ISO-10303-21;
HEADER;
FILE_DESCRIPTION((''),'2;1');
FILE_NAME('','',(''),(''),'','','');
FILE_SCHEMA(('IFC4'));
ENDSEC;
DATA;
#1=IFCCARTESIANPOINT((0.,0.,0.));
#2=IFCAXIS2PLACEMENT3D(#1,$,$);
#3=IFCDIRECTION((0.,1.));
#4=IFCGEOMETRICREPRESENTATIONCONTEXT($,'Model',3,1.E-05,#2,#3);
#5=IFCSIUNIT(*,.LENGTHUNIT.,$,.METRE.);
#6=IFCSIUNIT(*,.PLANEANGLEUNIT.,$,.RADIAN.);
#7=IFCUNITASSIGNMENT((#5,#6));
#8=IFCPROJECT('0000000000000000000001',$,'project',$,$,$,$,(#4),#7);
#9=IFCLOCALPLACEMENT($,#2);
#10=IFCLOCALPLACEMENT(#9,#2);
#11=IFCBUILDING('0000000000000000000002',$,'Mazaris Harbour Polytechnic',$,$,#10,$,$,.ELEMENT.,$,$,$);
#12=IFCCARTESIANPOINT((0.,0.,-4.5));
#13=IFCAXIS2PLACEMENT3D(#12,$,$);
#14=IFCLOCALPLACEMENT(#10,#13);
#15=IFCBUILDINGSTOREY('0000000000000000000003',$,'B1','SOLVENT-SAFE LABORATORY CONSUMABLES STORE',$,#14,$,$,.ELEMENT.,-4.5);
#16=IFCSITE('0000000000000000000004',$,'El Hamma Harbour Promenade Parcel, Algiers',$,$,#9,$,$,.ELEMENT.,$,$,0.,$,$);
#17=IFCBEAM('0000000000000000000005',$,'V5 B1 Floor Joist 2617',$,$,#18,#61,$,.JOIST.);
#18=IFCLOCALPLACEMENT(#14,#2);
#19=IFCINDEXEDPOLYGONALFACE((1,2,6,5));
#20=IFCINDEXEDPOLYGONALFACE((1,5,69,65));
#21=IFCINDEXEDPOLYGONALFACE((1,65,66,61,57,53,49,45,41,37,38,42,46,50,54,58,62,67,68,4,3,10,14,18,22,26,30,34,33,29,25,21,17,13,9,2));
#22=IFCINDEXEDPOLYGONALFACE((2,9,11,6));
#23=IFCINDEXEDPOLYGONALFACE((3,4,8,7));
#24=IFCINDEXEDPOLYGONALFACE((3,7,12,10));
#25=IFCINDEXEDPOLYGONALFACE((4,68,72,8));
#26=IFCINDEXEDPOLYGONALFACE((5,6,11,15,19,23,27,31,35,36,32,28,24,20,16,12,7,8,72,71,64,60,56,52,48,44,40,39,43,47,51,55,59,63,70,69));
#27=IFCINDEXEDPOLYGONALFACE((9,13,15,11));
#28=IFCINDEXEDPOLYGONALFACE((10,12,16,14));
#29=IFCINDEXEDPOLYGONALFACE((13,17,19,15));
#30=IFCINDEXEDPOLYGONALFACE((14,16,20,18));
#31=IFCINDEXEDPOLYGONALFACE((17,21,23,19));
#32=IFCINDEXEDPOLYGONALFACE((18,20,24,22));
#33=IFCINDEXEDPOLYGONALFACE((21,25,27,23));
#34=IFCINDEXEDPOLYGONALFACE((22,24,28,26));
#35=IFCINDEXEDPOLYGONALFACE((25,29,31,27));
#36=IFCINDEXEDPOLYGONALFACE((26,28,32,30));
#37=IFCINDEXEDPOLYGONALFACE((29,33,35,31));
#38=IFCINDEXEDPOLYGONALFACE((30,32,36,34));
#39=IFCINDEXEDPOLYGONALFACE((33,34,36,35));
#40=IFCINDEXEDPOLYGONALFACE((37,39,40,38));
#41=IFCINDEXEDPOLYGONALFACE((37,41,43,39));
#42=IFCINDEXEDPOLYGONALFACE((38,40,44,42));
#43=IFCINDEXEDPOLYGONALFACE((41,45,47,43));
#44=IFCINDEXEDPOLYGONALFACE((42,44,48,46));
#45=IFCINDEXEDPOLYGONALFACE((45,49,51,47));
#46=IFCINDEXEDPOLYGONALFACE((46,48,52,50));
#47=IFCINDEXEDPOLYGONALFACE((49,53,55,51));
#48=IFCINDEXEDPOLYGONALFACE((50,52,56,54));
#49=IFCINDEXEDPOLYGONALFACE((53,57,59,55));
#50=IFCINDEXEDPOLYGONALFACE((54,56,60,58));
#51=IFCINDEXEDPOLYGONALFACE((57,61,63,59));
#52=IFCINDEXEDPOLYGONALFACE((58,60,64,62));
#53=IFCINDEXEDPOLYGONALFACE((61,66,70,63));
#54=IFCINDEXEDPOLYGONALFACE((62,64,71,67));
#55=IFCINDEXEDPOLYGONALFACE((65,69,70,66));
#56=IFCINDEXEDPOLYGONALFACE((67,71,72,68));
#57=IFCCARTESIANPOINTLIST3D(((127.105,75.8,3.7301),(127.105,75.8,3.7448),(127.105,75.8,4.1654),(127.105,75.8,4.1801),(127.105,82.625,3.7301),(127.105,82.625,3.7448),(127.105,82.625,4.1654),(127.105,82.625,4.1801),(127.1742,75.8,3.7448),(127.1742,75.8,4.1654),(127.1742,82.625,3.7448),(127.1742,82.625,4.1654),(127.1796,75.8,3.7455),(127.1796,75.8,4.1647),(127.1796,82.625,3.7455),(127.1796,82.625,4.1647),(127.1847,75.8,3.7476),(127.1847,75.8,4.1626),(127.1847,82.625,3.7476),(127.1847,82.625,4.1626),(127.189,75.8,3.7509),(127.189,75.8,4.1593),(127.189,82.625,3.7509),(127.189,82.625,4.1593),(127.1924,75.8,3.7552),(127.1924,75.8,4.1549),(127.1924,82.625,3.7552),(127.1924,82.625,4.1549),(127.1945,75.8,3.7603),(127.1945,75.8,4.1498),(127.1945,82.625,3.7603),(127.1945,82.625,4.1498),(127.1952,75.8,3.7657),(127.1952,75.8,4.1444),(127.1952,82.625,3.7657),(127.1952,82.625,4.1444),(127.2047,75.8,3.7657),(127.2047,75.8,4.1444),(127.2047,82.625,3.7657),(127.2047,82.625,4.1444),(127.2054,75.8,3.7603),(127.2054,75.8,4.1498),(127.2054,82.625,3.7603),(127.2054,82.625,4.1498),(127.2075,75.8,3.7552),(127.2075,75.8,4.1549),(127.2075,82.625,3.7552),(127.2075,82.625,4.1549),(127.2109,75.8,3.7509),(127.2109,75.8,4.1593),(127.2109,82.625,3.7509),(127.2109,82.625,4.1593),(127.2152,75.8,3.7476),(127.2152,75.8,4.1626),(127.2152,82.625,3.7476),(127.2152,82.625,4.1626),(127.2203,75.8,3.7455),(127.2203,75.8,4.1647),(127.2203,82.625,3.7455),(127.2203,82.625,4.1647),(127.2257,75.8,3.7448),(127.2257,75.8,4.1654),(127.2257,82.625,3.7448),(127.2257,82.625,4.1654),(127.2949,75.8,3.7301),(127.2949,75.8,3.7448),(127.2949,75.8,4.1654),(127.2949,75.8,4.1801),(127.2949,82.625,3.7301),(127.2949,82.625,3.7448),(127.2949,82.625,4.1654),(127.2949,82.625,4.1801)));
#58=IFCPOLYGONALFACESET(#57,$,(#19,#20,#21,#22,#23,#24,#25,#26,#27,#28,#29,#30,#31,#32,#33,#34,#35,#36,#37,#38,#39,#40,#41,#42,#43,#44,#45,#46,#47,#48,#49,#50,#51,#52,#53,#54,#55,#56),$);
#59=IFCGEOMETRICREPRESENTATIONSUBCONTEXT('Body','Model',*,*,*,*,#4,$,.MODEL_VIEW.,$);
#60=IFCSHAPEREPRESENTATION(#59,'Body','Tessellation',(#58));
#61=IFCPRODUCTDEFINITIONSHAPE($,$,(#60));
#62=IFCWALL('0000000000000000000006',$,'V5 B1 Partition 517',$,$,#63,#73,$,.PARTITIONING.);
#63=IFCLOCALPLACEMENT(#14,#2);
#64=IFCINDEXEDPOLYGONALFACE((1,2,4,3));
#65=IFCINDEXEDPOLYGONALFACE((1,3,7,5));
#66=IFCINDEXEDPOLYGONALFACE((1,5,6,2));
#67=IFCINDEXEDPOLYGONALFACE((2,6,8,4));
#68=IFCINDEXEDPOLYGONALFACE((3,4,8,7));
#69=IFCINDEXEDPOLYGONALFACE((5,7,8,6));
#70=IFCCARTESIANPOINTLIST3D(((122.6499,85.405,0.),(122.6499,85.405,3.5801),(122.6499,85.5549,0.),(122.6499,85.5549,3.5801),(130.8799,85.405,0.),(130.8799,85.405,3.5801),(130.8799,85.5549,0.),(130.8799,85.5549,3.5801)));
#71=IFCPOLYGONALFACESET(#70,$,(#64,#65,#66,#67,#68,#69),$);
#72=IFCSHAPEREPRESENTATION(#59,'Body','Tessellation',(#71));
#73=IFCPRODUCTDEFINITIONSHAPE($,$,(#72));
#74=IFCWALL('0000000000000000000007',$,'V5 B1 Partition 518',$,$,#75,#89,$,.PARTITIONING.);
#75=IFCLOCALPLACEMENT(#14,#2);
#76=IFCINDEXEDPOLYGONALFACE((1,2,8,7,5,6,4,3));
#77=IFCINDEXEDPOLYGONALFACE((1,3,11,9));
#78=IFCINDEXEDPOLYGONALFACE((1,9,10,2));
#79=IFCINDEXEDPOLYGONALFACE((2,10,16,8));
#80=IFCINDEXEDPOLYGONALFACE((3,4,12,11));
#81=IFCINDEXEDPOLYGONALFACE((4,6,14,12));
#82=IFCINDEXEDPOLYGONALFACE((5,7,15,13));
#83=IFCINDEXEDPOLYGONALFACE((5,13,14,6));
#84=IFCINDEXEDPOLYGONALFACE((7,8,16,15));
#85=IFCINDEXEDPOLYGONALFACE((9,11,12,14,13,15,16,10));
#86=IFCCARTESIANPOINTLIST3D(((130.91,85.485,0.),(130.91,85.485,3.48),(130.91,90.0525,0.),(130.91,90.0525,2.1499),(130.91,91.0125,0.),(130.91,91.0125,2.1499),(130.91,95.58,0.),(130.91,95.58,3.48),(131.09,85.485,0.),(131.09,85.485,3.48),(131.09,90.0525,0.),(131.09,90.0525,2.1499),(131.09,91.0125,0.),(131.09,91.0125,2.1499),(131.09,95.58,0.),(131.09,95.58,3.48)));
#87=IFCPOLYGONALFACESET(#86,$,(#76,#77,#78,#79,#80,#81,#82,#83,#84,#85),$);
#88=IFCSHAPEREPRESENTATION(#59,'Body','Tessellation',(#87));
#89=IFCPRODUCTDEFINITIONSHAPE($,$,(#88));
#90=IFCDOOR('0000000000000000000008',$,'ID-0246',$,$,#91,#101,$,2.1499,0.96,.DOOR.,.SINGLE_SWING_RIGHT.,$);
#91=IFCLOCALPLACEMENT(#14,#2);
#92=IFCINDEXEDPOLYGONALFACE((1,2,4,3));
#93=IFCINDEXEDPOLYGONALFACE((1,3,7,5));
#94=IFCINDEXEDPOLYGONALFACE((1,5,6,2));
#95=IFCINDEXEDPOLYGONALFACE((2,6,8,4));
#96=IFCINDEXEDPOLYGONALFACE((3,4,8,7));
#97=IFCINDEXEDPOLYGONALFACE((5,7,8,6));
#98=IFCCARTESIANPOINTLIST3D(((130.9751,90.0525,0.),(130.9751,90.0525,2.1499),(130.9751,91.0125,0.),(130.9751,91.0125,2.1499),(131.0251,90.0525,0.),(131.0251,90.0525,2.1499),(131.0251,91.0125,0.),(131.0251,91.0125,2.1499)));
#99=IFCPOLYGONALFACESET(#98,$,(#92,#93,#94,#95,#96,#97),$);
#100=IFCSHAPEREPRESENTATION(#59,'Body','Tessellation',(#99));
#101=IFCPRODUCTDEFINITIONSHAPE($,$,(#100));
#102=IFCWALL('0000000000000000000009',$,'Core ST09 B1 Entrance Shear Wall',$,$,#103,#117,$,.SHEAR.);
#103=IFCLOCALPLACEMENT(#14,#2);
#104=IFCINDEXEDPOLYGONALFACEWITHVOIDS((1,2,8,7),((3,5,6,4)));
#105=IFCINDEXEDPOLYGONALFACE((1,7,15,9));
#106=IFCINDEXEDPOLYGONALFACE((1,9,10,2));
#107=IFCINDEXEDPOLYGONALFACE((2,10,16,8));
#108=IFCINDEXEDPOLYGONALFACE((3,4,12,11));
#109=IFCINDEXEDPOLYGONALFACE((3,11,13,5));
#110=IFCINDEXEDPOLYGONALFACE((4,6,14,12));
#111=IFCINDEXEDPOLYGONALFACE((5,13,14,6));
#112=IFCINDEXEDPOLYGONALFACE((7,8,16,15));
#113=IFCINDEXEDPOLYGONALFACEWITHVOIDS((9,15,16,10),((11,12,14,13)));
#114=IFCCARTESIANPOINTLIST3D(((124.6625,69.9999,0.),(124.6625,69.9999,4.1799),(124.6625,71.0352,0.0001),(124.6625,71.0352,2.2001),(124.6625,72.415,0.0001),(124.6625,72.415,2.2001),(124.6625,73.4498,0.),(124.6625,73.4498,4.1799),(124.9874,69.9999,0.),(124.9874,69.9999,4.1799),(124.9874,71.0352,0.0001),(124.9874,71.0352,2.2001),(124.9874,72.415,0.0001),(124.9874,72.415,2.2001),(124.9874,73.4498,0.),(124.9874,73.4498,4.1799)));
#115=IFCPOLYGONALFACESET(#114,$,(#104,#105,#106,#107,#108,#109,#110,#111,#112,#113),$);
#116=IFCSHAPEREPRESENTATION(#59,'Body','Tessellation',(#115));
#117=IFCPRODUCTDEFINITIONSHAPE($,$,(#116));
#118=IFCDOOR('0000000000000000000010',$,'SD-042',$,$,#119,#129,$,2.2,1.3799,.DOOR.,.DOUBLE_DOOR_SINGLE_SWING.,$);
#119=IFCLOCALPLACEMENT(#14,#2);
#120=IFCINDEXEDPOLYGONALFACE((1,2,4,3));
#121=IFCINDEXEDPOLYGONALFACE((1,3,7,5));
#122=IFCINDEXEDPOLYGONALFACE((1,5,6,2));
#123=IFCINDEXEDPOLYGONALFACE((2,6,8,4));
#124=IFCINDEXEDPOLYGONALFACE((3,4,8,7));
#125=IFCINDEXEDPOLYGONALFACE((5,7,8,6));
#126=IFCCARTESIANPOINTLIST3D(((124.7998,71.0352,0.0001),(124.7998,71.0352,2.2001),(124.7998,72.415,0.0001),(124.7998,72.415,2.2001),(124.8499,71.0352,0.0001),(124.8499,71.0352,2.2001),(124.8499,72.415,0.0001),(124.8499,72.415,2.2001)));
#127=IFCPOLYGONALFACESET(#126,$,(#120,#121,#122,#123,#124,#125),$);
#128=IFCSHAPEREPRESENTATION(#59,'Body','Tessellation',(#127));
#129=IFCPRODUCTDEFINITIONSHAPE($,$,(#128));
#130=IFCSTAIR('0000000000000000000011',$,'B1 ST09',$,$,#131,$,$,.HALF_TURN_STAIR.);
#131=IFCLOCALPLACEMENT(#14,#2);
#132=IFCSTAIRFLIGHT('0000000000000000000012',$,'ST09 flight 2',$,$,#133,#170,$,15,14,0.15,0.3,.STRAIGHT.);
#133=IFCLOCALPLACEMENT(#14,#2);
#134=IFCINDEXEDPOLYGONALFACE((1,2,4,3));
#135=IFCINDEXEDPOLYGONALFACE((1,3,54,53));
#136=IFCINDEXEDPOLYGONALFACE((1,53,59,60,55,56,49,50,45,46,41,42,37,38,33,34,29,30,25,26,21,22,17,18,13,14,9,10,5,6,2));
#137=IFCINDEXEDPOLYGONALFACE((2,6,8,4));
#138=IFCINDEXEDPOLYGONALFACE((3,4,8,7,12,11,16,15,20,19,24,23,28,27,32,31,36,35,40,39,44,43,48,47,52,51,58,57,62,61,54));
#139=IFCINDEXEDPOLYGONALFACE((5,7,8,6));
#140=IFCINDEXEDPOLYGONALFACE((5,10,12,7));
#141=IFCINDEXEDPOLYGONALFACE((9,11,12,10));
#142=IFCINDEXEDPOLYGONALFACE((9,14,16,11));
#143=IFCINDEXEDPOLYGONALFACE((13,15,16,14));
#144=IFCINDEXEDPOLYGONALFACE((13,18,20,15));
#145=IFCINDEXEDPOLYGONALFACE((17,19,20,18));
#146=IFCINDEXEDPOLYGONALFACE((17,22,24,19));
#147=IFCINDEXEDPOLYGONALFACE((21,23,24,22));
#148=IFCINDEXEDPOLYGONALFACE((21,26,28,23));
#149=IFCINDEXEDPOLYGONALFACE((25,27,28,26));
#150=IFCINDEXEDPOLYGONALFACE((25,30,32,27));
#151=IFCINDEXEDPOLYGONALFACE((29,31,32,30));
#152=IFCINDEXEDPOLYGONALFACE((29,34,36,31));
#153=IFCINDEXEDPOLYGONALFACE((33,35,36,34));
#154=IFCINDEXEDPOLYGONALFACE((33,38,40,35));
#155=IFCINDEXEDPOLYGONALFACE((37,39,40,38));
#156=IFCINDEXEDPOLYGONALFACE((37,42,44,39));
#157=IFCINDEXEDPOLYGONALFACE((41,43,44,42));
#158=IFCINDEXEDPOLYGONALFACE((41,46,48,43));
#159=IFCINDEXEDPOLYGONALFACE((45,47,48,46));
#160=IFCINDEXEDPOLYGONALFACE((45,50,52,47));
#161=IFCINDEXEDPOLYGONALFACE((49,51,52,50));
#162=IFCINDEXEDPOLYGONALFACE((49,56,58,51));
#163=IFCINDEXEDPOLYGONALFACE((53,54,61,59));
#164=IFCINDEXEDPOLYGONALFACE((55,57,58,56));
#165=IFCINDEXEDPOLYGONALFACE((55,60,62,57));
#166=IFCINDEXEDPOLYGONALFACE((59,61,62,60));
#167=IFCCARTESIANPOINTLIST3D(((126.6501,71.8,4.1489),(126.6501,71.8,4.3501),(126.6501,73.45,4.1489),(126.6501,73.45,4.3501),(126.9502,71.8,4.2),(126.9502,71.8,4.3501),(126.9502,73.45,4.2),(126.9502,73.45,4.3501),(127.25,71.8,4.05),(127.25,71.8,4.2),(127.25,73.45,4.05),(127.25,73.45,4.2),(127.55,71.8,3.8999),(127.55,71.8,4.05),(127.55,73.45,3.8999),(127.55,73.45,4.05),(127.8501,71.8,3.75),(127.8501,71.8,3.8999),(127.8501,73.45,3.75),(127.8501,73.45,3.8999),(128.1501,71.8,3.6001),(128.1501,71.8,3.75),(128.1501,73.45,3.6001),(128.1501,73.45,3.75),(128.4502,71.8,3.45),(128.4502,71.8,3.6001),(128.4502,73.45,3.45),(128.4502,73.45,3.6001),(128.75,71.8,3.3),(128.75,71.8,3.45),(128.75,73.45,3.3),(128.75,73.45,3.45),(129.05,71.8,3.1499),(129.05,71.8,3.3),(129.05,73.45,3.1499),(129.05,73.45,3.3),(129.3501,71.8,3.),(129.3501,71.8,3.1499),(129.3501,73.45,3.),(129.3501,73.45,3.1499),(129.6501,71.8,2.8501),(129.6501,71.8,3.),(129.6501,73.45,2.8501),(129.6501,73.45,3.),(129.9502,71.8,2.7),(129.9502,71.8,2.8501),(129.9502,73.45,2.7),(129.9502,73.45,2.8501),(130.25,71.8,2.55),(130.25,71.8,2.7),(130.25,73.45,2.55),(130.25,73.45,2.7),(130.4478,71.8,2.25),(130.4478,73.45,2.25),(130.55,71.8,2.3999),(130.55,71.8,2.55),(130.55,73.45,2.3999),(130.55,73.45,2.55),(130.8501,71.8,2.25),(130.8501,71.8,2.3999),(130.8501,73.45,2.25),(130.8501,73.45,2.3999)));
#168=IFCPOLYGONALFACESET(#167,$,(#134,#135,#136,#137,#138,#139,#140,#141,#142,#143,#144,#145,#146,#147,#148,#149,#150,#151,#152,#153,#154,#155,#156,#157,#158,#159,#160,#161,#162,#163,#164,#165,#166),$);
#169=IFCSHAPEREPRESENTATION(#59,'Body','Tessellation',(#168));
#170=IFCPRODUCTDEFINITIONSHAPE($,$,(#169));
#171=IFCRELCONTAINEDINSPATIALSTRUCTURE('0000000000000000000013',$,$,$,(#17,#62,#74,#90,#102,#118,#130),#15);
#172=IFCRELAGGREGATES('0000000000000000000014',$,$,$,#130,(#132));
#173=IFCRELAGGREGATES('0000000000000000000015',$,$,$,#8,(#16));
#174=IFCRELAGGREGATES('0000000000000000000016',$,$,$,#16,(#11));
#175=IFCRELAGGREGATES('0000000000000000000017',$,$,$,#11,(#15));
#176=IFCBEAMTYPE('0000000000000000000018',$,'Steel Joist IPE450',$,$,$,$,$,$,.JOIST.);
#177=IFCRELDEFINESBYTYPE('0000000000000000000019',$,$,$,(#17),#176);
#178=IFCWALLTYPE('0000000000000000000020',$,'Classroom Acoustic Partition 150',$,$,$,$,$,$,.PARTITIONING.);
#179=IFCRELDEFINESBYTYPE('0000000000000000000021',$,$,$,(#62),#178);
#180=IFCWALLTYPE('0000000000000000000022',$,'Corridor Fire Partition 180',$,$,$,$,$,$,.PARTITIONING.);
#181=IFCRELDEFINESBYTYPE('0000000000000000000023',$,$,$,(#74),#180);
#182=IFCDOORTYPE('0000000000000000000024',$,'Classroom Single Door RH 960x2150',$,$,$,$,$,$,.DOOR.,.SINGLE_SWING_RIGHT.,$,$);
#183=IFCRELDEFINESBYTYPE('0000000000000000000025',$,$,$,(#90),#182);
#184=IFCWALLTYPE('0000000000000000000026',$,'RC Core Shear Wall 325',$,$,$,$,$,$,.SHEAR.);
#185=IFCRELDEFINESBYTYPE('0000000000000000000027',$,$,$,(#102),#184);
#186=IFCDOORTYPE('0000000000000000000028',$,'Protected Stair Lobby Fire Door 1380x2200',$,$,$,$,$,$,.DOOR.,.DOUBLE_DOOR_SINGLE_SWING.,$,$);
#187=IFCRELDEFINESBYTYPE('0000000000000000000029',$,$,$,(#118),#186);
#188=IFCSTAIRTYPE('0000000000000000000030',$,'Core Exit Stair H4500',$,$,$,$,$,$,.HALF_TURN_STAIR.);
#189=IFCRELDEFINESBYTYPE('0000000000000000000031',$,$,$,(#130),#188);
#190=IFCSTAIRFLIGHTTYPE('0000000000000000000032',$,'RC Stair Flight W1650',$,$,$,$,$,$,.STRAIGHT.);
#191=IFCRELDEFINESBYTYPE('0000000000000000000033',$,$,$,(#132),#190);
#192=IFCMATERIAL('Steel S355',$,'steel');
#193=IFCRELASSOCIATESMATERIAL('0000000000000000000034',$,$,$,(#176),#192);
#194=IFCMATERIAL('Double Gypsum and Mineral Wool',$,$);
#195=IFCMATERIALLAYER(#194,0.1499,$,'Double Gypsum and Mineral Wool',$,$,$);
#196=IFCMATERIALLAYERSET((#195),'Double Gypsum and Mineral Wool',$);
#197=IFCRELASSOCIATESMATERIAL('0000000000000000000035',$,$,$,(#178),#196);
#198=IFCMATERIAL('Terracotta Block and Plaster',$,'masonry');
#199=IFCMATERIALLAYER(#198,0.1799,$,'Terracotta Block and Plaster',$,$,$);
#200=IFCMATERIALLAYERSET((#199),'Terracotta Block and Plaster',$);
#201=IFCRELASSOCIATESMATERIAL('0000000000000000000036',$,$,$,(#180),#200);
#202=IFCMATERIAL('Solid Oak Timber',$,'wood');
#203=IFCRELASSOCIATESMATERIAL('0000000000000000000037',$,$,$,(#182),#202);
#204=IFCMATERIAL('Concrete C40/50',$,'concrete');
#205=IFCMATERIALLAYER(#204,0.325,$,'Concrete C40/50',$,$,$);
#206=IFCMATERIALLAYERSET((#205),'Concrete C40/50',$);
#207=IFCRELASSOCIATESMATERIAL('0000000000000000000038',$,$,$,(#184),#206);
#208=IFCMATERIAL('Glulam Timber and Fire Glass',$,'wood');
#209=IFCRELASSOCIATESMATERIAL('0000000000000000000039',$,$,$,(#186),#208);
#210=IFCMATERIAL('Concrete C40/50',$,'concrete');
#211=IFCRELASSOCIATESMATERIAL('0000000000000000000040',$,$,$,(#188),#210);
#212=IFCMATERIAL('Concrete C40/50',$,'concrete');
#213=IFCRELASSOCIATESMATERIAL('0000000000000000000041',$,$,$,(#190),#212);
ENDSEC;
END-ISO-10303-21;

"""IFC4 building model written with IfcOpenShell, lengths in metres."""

from ifc_helpers import new_model, si_unit, direction, frame, frame_2d, origin, origin_2d, place, context, subcontext, project, spatial, polyline, rectangle, i_section, outline, extrude, material, layer, layer_set, material_profile, profile_set, type_object, element, fill, aggregate, save


model = new_model("IFC4")

# Units and contexts
model_context = context("Model", 3, precision=1e-05, world=origin(), true_north=direction((0.0, 1.0)))
body_context = subcontext(model_context, "Body", "Model", "MODEL_VIEW")
ifc_project = project(units=[si_unit("LENGTHUNIT", "METRE"), si_unit("PLANEANGLEUNIT", "RADIAN")], contexts=[model_context])

# Site, building, storey
site_placement = place(None, origin())
site = spatial("IfcSite", under=ifc_project, at=site_placement, Name="El Hamma Harbour Promenade Parcel, Algiers", CompositionType="ELEMENT", RefElevation=0.0)
building_placement = place(site_placement, origin())
building = spatial("IfcBuilding", under=site, at=building_placement, Name="Mazaris Harbour Polytechnic", CompositionType="ELEMENT")
storey_placement = place(building_placement, frame((0.0, 0.0, -4.5)))
storey = spatial("IfcBuildingStorey", under=building, at=storey_placement, Name="B1", Description="SOLVENT-SAFE LABORATORY CONSUMABLES STORE", CompositionType="ELEMENT", Elevation=-4.5)

# Beam
ifc_material_1 = material(Name="Steel S355", Category="steel")
ifc_material_profile_1 = material_profile(ifc_material_1, i_section(OverallWidth=0.1899, OverallDepth=0.45, WebThickness=0.0095, FlangeThickness=0.0146, FilletRadius=0.021, at=origin_2d()), Name="IPE 450")
ifc_profile_set_1 = profile_set([ifc_material_profile_1], Name="Steel S355")
beam_type_1 = type_object("IfcBeamType", Name="Steel Joist IPE450", PredefinedType="JOIST", material=ifc_profile_set_1)
beam_1_placement = place(storey_placement, frame((127.2, 75.8, 3.9551), z_axis=(0.0, 1.0, 0.0), x_axis=(-1.0, 0.0, 0.0)))
element("IfcBeam", 1, at=beam_1_placement, inside=storey, type_object=beam_type_1, Name="V5 B1 Floor Joist 2617", PredefinedType="JOIST", context=body_context, shape_type="SweptSolid", body=[
    extrude(i_section(OverallWidth=0.1899, OverallDepth=0.45, WebThickness=0.0095, FlangeThickness=0.0146, FilletRadius=0.021, at=origin_2d()), origin(), (0.0, 0.0, 1.0), 6.825),
])

# Wall
ifc_material_2 = material(Name="Double Gypsum and Mineral Wool")
ifc_layer_1 = layer(ifc_material_2, 0.1499, Name="Double Gypsum and Mineral Wool")
ifc_layer_set_1 = layer_set([ifc_layer_1], Name="Double Gypsum and Mineral Wool")
wall_type_1 = type_object("IfcWallType", Name="Classroom Acoustic Partition 150", PredefinedType="PARTITIONING", material=ifc_layer_set_1)
wall_1_placement = place(storey_placement, frame((122.6499, 85.48, 0.0), z_axis=(0.0, 0.0, 1.0), x_axis=(1.0, 0.0, 0.0)))
element("IfcWall", 2, at=wall_1_placement, inside=storey, type_object=wall_type_1, Name="V5 B1 Partition 517", PredefinedType="PARTITIONING", context=body_context, shape_type="SweptSolid", body=[
    extrude(rectangle(XDim=8.23, YDim=0.1499, at=frame_2d((4.115, 0.0))), origin(), (0.0, 0.0, 1.0), 3.5801),
])

# Walls, openings, doors
ifc_material_3 = material(Name="Terracotta Block and Plaster", Category="masonry")
ifc_layer_2 = layer(ifc_material_3, 0.1799, Name="Terracotta Block and Plaster")
ifc_layer_set_2 = layer_set([ifc_layer_2], Name="Terracotta Block and Plaster")
wall_type_2 = type_object("IfcWallType", Name="Corridor Fire Partition 180", PredefinedType="PARTITIONING", material=ifc_layer_set_2)
wall_2_placement = place(storey_placement, frame((131.0, 85.4851, 0.0), z_axis=(0.0, 0.0, 1.0), x_axis=(0.0, 1.0, 0.0)))
wall_2 = element("IfcWall", 3, at=wall_2_placement, inside=storey, type_object=wall_type_2, Name="V5 B1 Partition 518", PredefinedType="PARTITIONING", context=body_context, shape_type="SweptSolid", body=[
    extrude(rectangle(XDim=10.095, YDim=0.1799, at=frame_2d((5.0474, 0.0))), origin(), (0.0, 0.0, 1.0), 3.48),
])
opening_1_placement = place(wall_2_placement, frame((4.5674, 0.0, 0.0)))
opening_1 = element("IfcOpeningElement", 4, at=opening_1_placement, cuts=wall_2, PredefinedType="OPENING", context=body_context, shape_type="SweptSolid", body=[
    extrude(rectangle(XDim=0.96, YDim=2.1499, at=frame_2d((0.48, 1.075))), frame((0.0, 0.0999, 0.0), z_axis=(0.0, -1.0, 0.0), x_axis=(1.0, 0.0, 0.0)), (0.0, 0.0, 1.0), 0.2),
])
ifc_material_4 = material(Name="Solid Oak Timber", Category="wood")
door_type_1 = type_object("IfcDoorType", Name="Classroom Single Door RH 960x2150", OperationType="SINGLE_SWING_RIGHT", PredefinedType="DOOR", material=ifc_material_4)
door_1_placement = place(opening_1_placement, origin())
door_1 = element("IfcDoor", 5, at=door_1_placement, inside=storey, type_object=door_type_1, Name="ID-0246", OperationType="SINGLE_SWING_RIGHT", OverallHeight=2.1499, OverallWidth=0.96, PredefinedType="DOOR", context=body_context, shape_type="SweptSolid", body=[
    extrude(rectangle(XDim=0.96, YDim=2.1499, at=frame_2d((0.48, 1.075))), frame((0.0, 0.0249, 0.0), z_axis=(0.0, -1.0, 0.0), x_axis=(1.0, 0.0, 0.0)), (0.0, 0.0, 1.0), 0.05),
])
fill(opening_1, door_1)
ifc_material_5 = material(Name="Concrete C40/50", Category="concrete")
ifc_layer_3 = layer(ifc_material_5, 0.325, Name="Concrete C40/50")
ifc_layer_set_3 = layer_set([ifc_layer_3], Name="Concrete C40/50")
wall_type_3 = type_object("IfcWallType", Name="RC Core Shear Wall 325", PredefinedType="SHEAR", material=ifc_layer_set_3)
wall_3_placement = place(storey_placement, frame((124.825, 73.45, 0.0), z_axis=(0.0, 0.0, 1.0), x_axis=(0.0, -1.0, 0.0)))
wall_3 = element("IfcWall", 6, at=wall_3_placement, inside=storey, type_object=wall_type_3, Name="Core ST09 B1 Entrance Shear Wall", PredefinedType="SHEAR", context=body_context, shape_type="SweptSolid", body=[
    extrude(rectangle(XDim=3.45, YDim=0.325, at=frame_2d((1.7251, 0.0))), origin(), (0.0, 0.0, 1.0), 4.1799),
])
opening_2_placement = place(wall_3_placement, frame((1.0349, 0.0, 0.0)))
opening_2 = element("IfcOpeningElement", 7, at=opening_2_placement, cuts=wall_3, PredefinedType="OPENING", context=body_context, shape_type="SweptSolid", body=[
    extrude(rectangle(XDim=1.3799, YDim=2.2, at=frame_2d((0.6899, 1.1001))), frame((0.0, 0.1724, 0.0), z_axis=(0.0, -1.0, 0.0), x_axis=(1.0, 0.0, 0.0)), (0.0, 0.0, 1.0), 0.345),
])
ifc_material_6 = material(Name="Glulam Timber and Fire Glass", Category="wood")
door_type_2 = type_object("IfcDoorType", Name="Protected Stair Lobby Fire Door 1380x2200", OperationType="DOUBLE_DOOR_SINGLE_SWING", PredefinedType="DOOR", material=ifc_material_6)
door_2_placement = place(opening_2_placement, origin())
door_2 = element("IfcDoor", 8, at=door_2_placement, inside=storey, type_object=door_type_2, Name="SD-042", OperationType="DOUBLE_DOOR_SINGLE_SWING", OverallHeight=2.2, OverallWidth=1.3799, PredefinedType="DOOR", context=body_context, shape_type="SweptSolid", body=[
    extrude(rectangle(XDim=1.3799, YDim=2.2, at=frame_2d((0.6899, 1.1001))), frame((0.0, 0.0249, 0.0), z_axis=(0.0, -1.0, 0.0), x_axis=(1.0, 0.0, 0.0)), (0.0, 0.0, 1.0), 0.05),
])
fill(opening_2, door_2)

# Stair, stair flight
ifc_material_7 = material(Name="Concrete C40/50", Category="concrete")
stair_type = type_object("IfcStairType", Name="Core Exit Stair H4500", PredefinedType="HALF_TURN_STAIR", material=ifc_material_7)
stair_placement = place(storey_placement, origin())
stair = element("IfcStair", 9, at=stair_placement, inside=storey, type_object=stair_type, Name="B1 ST09", PredefinedType="HALF_TURN_STAIR")
ifc_material_8 = material(Name="Concrete C40/50", Category="concrete")
stair_flight_type = type_object("IfcStairFlightType", Name="RC Stair Flight W1650", PredefinedType="STRAIGHT", material=ifc_material_8)
stair_flight_placement = place(storey_placement, frame((130.8501, 72.625, 2.25), z_axis=(0.0, 0.0, 1.0), x_axis=(-1.0, 0.0, 0.0)))
stair_flight = element("IfcStairFlight", 10, at=stair_flight_placement, type_object=stair_flight_type, Name="ST09 flight 2", NumberOfRisers=15, NumberOfTreads=14, PredefinedType="STRAIGHT", RiserHeight=0.15, TreadLength=0.3, context=body_context, shape_type="SweptSolid", body=[
    extrude(outline(polyline([(0.0, 0.0), (0.0, 0.1499), (0.3, 0.1499), (0.3, 0.3), (0.6001, 0.3), (0.6001, 0.45), (0.8999, 0.45), (0.8999, 0.6001), (1.2, 0.6001), (1.2, 0.75), (1.5, 0.75), (1.5, 0.8999), (1.8, 0.8999), (1.8, 1.05), (2.1001, 1.05), (2.1001, 1.2), (2.3999, 1.2), (2.3999, 1.3501), (2.7, 1.3501), (2.7, 1.5), (3.0, 1.5), (3.0, 1.6499), (3.3, 1.6499), (3.3, 1.8), (3.6001, 1.8), (3.6001, 1.95), (3.8999, 1.95), (3.8999, 2.1001), (4.2, 2.1001), (4.2, 2.25), (4.2, 1.8989), (0.4023, 0.0), (0.0, 0.0)])), frame((0.0, 0.825, 0.0), z_axis=(0.0, -1.0, 0.0), x_axis=(1.0, 0.0, 0.0)), (0.0, 0.0, 1.0), 1.6499),
])
aggregate(stair, [stair_flight])

save(model, "model.ifc")
